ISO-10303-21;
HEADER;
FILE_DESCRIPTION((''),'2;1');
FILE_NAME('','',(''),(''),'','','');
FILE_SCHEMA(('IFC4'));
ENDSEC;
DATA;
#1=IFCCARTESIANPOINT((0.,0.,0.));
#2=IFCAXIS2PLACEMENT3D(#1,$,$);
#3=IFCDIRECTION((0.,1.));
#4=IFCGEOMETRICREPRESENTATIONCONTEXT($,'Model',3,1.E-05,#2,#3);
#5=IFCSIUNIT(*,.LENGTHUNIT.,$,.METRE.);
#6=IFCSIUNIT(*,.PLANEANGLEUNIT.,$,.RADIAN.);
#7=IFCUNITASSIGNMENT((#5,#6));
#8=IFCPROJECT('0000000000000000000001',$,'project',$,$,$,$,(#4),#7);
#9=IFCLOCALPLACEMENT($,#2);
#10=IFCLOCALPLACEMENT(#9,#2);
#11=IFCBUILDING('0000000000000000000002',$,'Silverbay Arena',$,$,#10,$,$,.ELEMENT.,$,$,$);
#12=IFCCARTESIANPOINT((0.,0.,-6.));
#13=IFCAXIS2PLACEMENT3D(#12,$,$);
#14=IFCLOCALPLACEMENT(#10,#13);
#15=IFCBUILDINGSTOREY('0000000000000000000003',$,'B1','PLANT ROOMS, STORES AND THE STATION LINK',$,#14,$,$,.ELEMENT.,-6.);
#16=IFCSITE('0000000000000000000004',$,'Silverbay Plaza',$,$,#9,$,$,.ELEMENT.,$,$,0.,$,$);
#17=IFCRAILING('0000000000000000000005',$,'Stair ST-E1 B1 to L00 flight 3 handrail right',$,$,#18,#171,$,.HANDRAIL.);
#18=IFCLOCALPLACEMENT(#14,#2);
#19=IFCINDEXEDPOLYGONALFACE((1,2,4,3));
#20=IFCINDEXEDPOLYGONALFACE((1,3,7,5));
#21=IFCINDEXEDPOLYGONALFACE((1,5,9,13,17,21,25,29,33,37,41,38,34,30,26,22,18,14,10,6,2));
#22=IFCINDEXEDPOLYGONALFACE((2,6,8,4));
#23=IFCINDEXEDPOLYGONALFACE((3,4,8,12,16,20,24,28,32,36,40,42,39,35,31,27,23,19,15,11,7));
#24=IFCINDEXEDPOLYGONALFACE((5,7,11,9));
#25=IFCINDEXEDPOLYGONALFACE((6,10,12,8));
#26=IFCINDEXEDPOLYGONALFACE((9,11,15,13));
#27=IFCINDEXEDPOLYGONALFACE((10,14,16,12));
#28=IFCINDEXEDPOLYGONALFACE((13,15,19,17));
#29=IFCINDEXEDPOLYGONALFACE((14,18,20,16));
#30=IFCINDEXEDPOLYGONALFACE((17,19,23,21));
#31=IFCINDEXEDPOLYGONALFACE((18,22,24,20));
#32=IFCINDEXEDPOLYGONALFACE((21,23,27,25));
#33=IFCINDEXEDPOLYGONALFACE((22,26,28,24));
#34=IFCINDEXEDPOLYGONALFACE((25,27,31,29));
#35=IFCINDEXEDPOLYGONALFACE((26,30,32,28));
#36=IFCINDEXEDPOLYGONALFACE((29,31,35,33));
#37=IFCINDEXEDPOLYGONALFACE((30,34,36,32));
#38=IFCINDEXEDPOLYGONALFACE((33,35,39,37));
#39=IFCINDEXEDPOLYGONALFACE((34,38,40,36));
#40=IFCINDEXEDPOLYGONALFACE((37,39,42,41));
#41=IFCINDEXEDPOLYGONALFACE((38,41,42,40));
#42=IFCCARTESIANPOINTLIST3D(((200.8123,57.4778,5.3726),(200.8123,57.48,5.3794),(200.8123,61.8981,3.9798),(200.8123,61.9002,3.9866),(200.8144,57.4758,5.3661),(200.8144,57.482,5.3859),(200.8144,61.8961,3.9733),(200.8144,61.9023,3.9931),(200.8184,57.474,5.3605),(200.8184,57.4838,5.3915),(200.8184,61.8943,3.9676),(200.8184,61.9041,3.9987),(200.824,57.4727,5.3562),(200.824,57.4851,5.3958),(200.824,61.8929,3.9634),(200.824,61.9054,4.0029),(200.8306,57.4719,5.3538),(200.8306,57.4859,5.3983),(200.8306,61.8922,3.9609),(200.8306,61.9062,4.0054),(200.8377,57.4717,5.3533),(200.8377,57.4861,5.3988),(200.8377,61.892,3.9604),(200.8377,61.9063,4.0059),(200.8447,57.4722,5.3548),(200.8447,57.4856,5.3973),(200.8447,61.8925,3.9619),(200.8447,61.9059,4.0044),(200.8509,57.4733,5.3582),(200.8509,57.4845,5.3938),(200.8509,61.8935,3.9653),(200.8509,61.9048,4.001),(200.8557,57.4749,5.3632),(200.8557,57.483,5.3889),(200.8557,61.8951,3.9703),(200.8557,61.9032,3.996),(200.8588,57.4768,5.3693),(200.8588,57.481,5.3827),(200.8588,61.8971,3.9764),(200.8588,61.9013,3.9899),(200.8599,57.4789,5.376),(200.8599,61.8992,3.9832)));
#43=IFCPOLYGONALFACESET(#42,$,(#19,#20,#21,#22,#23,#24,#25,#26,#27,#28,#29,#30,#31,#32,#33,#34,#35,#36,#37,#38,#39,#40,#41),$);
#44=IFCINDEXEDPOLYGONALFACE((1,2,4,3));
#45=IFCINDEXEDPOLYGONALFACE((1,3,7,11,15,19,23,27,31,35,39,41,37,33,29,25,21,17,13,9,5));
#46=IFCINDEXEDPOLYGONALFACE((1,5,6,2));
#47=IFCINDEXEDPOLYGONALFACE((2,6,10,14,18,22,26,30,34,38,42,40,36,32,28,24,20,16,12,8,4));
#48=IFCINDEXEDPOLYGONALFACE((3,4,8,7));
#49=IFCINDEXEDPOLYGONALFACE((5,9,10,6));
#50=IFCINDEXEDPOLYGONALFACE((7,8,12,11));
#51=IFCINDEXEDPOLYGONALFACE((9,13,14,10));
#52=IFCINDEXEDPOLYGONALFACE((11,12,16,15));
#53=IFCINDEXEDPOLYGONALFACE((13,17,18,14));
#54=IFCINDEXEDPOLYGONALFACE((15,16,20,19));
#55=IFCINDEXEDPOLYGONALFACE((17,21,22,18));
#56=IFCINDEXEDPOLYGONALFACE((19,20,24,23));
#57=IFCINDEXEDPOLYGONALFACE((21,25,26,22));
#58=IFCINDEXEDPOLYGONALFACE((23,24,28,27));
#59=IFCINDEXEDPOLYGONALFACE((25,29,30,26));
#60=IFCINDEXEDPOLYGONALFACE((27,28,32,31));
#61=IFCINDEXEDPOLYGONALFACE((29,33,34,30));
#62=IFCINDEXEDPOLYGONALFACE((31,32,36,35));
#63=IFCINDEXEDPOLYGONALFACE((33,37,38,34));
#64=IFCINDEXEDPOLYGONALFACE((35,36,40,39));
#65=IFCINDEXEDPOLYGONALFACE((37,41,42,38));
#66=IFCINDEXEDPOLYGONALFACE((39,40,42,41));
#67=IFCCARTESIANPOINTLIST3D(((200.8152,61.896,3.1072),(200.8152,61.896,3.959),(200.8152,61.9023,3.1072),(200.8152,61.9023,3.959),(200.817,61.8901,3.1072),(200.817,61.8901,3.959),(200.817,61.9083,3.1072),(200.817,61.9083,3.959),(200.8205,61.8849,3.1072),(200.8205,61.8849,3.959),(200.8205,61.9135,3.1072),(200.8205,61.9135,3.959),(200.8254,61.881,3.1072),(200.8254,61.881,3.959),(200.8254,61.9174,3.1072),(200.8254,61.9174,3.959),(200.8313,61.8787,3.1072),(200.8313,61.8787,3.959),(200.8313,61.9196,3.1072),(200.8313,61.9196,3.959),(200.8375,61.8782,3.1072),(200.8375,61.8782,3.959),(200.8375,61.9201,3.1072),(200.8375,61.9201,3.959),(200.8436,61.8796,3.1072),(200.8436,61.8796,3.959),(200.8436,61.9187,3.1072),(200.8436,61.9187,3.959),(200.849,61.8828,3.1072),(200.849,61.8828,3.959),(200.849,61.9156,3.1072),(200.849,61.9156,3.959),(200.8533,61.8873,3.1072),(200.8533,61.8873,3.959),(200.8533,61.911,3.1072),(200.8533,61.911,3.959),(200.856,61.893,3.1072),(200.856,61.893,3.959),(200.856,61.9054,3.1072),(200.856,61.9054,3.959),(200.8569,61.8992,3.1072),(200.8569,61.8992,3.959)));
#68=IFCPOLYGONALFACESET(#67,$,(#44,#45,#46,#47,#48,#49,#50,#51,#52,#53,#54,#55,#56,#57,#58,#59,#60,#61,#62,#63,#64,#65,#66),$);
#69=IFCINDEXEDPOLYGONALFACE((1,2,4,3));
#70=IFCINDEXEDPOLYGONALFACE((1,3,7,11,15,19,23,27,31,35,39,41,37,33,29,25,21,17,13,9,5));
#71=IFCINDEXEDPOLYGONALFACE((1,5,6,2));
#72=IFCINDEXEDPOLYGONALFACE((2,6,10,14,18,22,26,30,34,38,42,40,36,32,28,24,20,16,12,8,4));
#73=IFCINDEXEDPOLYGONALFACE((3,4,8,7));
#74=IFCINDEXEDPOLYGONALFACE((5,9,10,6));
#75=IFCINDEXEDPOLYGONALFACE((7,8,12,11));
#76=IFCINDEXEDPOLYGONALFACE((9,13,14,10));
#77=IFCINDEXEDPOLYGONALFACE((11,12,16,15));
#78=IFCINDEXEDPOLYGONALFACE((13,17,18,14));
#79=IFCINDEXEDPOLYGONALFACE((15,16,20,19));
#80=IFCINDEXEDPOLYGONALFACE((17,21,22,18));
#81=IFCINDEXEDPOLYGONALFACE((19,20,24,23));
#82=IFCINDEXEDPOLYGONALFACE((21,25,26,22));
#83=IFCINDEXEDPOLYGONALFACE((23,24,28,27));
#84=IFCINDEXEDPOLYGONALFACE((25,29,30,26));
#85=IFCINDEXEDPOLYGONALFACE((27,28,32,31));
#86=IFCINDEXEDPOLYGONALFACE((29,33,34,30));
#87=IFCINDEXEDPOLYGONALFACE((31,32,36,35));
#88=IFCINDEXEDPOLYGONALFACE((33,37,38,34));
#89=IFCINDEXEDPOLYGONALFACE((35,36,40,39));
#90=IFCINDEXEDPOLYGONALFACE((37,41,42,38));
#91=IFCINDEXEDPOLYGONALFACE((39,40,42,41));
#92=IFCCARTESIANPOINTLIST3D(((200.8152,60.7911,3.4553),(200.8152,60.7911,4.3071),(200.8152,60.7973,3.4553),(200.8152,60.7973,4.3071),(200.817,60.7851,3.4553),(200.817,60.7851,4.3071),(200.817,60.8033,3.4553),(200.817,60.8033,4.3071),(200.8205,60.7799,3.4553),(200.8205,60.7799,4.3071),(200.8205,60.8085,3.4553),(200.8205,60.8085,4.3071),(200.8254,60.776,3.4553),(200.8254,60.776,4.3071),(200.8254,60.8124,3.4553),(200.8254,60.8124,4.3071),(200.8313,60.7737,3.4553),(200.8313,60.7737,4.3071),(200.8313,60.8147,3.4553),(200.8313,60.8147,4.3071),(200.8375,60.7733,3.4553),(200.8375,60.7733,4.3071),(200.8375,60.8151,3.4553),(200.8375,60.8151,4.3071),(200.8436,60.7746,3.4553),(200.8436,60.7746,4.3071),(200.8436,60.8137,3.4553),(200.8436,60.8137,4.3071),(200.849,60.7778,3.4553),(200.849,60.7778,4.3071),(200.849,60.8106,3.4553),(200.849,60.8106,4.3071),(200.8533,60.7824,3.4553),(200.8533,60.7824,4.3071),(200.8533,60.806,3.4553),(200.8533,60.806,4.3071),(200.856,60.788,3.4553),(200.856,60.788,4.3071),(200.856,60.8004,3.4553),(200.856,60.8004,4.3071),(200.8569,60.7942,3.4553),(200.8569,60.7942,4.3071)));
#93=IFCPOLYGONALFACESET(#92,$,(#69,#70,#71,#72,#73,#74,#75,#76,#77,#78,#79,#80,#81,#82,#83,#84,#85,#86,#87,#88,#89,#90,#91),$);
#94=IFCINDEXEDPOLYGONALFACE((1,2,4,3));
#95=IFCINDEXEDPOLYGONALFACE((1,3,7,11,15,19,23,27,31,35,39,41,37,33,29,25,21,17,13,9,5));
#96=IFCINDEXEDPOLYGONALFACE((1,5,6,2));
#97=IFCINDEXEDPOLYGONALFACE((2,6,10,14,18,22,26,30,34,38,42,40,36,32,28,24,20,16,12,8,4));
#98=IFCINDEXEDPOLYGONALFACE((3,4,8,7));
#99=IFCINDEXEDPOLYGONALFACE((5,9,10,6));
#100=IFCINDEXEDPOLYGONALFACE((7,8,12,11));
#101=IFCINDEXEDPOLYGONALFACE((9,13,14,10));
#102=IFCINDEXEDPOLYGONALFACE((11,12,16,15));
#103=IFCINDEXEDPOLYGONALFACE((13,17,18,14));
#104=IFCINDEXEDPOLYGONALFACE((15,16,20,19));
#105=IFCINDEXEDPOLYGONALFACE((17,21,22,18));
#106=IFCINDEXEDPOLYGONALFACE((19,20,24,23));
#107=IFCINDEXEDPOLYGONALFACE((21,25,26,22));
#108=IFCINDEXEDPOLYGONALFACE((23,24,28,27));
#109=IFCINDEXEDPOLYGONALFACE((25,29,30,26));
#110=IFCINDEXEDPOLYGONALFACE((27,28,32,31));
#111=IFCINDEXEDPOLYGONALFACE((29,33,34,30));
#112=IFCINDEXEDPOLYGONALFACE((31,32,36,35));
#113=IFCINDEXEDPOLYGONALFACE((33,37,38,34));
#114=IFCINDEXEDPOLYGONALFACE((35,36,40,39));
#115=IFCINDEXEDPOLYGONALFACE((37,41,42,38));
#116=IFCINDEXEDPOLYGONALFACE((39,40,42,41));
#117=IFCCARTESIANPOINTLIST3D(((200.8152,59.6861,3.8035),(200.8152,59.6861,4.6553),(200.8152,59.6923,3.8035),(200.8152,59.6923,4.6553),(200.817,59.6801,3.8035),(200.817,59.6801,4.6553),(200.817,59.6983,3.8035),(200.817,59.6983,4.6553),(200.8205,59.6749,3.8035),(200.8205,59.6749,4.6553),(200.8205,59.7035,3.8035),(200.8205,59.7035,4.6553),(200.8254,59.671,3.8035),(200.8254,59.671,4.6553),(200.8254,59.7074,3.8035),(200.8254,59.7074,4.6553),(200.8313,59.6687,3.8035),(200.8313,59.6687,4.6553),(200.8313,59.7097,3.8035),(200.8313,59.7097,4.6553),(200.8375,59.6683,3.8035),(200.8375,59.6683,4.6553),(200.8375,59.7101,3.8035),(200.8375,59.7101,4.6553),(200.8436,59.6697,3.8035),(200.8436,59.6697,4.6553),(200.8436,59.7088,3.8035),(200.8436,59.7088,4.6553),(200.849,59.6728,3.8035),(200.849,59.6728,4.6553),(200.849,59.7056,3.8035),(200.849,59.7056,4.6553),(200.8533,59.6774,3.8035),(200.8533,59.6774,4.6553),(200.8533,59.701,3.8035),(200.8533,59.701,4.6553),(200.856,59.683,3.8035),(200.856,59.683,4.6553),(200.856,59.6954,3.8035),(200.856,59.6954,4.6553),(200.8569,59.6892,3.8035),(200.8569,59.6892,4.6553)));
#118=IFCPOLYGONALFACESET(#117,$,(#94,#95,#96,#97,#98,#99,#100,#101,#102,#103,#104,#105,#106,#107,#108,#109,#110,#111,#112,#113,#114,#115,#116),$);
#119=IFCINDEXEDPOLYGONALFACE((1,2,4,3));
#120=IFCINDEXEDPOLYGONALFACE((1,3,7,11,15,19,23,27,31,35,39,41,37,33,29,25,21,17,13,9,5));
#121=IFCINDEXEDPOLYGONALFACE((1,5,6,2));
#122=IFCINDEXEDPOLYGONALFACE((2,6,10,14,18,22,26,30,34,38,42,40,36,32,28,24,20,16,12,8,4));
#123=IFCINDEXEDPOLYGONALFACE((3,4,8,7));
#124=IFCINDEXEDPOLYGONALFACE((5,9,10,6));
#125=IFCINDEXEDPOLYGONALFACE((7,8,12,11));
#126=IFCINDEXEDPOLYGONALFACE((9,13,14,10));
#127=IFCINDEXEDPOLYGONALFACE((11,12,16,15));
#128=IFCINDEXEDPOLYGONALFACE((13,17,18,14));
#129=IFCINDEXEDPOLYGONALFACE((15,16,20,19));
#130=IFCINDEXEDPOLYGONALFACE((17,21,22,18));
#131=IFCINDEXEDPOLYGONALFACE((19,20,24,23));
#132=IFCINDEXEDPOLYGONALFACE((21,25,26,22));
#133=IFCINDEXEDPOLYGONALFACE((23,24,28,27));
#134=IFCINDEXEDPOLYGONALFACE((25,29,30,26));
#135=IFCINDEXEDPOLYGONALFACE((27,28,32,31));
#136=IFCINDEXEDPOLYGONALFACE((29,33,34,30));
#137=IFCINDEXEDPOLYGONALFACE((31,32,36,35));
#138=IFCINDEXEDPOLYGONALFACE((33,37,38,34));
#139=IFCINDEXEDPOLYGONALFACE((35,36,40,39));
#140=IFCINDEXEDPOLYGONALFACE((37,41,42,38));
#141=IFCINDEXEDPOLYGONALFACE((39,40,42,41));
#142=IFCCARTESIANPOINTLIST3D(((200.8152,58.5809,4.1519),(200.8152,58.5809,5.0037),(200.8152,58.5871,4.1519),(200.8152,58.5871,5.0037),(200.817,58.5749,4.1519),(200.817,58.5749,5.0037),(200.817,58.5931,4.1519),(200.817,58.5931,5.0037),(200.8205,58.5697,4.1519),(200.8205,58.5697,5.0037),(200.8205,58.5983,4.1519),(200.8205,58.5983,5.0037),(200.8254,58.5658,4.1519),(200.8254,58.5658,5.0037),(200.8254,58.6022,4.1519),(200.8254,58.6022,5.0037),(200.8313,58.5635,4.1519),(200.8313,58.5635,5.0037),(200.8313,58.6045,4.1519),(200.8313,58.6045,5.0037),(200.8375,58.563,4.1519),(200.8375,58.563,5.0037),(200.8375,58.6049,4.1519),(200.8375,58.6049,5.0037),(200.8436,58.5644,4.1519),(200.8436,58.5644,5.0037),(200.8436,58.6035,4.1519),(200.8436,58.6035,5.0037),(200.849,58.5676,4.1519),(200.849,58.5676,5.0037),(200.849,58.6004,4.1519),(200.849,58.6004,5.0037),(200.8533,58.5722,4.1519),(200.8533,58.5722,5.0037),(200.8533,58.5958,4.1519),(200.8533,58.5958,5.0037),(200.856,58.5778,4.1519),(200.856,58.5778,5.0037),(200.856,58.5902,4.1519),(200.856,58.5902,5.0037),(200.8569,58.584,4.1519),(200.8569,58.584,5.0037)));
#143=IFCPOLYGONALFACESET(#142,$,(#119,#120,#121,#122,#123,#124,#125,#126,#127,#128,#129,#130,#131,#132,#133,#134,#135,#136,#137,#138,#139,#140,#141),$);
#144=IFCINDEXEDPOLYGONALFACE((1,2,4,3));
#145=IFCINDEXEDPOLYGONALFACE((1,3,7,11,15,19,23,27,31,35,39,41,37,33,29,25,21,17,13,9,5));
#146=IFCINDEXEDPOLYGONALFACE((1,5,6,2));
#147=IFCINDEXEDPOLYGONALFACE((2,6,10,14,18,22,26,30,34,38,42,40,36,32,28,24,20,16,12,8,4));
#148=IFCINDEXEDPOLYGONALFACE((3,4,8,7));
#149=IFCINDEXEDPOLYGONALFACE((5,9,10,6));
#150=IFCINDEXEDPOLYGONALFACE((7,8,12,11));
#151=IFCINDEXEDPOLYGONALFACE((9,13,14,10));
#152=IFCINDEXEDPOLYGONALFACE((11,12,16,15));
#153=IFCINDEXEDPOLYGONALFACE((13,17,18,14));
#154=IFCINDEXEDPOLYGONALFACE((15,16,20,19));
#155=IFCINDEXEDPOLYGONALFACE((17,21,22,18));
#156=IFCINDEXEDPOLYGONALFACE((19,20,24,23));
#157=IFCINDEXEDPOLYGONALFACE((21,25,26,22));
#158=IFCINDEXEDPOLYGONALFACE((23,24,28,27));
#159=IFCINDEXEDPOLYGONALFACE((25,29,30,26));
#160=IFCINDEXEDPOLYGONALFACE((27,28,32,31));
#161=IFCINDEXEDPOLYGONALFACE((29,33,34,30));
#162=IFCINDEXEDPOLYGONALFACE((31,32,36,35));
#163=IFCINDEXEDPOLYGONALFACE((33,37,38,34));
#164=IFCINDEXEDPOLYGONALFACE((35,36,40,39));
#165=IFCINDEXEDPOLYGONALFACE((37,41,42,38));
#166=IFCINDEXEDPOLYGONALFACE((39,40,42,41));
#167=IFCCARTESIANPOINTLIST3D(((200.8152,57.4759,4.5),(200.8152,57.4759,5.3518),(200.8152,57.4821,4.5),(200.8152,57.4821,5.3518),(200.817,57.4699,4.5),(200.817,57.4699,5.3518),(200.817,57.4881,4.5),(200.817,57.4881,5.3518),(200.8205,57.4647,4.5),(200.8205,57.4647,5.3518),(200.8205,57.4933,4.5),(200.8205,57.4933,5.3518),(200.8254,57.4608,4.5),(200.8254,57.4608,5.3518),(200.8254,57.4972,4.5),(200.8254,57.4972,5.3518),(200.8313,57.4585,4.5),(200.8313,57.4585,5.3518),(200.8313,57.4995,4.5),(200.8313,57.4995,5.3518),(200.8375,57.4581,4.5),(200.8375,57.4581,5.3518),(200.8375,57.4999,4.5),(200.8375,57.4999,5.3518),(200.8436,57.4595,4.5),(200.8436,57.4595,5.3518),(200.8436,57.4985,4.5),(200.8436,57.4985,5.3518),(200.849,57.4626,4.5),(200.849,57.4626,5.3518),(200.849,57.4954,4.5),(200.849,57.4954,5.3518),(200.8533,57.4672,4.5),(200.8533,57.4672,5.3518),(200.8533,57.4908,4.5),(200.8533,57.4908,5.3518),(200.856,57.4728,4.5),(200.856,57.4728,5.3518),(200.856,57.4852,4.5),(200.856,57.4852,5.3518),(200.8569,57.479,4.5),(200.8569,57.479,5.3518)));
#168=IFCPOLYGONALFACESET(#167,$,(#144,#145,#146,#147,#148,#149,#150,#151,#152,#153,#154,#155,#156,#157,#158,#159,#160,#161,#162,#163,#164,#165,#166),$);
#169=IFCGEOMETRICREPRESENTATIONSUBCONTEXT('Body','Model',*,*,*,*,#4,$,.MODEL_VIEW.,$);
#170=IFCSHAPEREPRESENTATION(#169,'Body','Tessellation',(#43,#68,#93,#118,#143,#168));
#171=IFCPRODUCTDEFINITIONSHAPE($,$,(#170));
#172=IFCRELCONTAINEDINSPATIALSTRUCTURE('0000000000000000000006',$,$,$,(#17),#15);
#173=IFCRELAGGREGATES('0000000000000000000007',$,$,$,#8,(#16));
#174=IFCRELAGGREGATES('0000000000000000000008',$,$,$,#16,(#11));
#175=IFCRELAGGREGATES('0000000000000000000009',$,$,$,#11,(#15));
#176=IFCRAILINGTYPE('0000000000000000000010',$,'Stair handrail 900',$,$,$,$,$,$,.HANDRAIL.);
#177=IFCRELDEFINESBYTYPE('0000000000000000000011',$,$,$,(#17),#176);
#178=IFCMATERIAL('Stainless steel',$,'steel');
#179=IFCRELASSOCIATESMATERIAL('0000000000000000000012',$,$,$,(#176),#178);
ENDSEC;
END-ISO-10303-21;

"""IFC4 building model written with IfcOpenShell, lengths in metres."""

from ifc_helpers import new_model, si_unit, direction, frame, origin, origin_2d, place, context, subcontext, project, spatial, circle, extrude, material, type_object, element, save


model = new_model("IFC4")

# Units and contexts
model_context = context("Model", 3, precision=1e-05, world=origin(), true_north=direction((0.0, 1.0)))
body_context = subcontext(model_context, "Body", "Model", "MODEL_VIEW")
ifc_project = project(units=[si_unit("LENGTHUNIT", "METRE"), si_unit("PLANEANGLEUNIT", "RADIAN")], contexts=[model_context])

# Site, building, storey
site_placement = place(None, origin())
site = spatial("IfcSite", under=ifc_project, at=site_placement, Name="Silverbay Plaza", CompositionType="ELEMENT", RefElevation=0.0)
building_placement = place(site_placement, origin())
building = spatial("IfcBuilding", under=site, at=building_placement, Name="Silverbay Arena", CompositionType="ELEMENT")
storey_placement = place(building_placement, frame((0.0, 0.0, -6.0)))
storey = spatial("IfcBuildingStorey", under=building, at=storey_placement, Name="B1", Description="PLANT ROOMS, STORES AND THE STATION LINK", CompositionType="ELEMENT", Elevation=-6.0)

# Railing
ifc_material_1 = material(Name="Stainless steel", Category="steel")
railing_type_1 = type_object("IfcRailingType", Name="Stair handrail 900", PredefinedType="HANDRAIL", material=ifc_material_1)
for number, where, name in (
    (1, (200.8359, 61.8992, 3.1072), "Stair ST-E1 B1 to L00 flight 3 handrail right"),
):
    element("IfcRailing", number, at=place(storey_placement, frame(where)), inside=storey, type_object=railing_type_1, Name=name, PredefinedType="HANDRAIL", context=body_context, shape_type="SweptSolid", body=[
        extrude(circle(Radius=0.0239, at=origin_2d()), frame((0.0, 0.0, 0.876), z_axis=(0.0, -0.95377, 0.300539), x_axis=(1.0, 0.0, 0.0)), (0.0, 0.0, 1.0), 4.6345),
        extrude(circle(Radius=0.021, at=origin_2d()), origin(), (0.0, 0.0, 1.0), 0.8518),
        extrude(circle(Radius=0.021, at=origin_2d()), frame((0.0, -1.105, 0.3481)), (0.0, 0.0, 1.0), 0.8518),
        extrude(circle(Radius=0.021, at=origin_2d()), frame((0.0, -2.21, 0.6963)), (0.0, 0.0, 1.0), 0.8518),
        extrude(circle(Radius=0.021, at=origin_2d()), frame((0.0, -3.3152, 1.0447)), (0.0, 0.0, 1.0), 0.8518),
        extrude(circle(Radius=0.021, at=origin_2d()), frame((0.0, -4.4202, 1.3928)), (0.0, 0.0, 1.0), 0.8518),
    ])

save(model, "model.ifc")
